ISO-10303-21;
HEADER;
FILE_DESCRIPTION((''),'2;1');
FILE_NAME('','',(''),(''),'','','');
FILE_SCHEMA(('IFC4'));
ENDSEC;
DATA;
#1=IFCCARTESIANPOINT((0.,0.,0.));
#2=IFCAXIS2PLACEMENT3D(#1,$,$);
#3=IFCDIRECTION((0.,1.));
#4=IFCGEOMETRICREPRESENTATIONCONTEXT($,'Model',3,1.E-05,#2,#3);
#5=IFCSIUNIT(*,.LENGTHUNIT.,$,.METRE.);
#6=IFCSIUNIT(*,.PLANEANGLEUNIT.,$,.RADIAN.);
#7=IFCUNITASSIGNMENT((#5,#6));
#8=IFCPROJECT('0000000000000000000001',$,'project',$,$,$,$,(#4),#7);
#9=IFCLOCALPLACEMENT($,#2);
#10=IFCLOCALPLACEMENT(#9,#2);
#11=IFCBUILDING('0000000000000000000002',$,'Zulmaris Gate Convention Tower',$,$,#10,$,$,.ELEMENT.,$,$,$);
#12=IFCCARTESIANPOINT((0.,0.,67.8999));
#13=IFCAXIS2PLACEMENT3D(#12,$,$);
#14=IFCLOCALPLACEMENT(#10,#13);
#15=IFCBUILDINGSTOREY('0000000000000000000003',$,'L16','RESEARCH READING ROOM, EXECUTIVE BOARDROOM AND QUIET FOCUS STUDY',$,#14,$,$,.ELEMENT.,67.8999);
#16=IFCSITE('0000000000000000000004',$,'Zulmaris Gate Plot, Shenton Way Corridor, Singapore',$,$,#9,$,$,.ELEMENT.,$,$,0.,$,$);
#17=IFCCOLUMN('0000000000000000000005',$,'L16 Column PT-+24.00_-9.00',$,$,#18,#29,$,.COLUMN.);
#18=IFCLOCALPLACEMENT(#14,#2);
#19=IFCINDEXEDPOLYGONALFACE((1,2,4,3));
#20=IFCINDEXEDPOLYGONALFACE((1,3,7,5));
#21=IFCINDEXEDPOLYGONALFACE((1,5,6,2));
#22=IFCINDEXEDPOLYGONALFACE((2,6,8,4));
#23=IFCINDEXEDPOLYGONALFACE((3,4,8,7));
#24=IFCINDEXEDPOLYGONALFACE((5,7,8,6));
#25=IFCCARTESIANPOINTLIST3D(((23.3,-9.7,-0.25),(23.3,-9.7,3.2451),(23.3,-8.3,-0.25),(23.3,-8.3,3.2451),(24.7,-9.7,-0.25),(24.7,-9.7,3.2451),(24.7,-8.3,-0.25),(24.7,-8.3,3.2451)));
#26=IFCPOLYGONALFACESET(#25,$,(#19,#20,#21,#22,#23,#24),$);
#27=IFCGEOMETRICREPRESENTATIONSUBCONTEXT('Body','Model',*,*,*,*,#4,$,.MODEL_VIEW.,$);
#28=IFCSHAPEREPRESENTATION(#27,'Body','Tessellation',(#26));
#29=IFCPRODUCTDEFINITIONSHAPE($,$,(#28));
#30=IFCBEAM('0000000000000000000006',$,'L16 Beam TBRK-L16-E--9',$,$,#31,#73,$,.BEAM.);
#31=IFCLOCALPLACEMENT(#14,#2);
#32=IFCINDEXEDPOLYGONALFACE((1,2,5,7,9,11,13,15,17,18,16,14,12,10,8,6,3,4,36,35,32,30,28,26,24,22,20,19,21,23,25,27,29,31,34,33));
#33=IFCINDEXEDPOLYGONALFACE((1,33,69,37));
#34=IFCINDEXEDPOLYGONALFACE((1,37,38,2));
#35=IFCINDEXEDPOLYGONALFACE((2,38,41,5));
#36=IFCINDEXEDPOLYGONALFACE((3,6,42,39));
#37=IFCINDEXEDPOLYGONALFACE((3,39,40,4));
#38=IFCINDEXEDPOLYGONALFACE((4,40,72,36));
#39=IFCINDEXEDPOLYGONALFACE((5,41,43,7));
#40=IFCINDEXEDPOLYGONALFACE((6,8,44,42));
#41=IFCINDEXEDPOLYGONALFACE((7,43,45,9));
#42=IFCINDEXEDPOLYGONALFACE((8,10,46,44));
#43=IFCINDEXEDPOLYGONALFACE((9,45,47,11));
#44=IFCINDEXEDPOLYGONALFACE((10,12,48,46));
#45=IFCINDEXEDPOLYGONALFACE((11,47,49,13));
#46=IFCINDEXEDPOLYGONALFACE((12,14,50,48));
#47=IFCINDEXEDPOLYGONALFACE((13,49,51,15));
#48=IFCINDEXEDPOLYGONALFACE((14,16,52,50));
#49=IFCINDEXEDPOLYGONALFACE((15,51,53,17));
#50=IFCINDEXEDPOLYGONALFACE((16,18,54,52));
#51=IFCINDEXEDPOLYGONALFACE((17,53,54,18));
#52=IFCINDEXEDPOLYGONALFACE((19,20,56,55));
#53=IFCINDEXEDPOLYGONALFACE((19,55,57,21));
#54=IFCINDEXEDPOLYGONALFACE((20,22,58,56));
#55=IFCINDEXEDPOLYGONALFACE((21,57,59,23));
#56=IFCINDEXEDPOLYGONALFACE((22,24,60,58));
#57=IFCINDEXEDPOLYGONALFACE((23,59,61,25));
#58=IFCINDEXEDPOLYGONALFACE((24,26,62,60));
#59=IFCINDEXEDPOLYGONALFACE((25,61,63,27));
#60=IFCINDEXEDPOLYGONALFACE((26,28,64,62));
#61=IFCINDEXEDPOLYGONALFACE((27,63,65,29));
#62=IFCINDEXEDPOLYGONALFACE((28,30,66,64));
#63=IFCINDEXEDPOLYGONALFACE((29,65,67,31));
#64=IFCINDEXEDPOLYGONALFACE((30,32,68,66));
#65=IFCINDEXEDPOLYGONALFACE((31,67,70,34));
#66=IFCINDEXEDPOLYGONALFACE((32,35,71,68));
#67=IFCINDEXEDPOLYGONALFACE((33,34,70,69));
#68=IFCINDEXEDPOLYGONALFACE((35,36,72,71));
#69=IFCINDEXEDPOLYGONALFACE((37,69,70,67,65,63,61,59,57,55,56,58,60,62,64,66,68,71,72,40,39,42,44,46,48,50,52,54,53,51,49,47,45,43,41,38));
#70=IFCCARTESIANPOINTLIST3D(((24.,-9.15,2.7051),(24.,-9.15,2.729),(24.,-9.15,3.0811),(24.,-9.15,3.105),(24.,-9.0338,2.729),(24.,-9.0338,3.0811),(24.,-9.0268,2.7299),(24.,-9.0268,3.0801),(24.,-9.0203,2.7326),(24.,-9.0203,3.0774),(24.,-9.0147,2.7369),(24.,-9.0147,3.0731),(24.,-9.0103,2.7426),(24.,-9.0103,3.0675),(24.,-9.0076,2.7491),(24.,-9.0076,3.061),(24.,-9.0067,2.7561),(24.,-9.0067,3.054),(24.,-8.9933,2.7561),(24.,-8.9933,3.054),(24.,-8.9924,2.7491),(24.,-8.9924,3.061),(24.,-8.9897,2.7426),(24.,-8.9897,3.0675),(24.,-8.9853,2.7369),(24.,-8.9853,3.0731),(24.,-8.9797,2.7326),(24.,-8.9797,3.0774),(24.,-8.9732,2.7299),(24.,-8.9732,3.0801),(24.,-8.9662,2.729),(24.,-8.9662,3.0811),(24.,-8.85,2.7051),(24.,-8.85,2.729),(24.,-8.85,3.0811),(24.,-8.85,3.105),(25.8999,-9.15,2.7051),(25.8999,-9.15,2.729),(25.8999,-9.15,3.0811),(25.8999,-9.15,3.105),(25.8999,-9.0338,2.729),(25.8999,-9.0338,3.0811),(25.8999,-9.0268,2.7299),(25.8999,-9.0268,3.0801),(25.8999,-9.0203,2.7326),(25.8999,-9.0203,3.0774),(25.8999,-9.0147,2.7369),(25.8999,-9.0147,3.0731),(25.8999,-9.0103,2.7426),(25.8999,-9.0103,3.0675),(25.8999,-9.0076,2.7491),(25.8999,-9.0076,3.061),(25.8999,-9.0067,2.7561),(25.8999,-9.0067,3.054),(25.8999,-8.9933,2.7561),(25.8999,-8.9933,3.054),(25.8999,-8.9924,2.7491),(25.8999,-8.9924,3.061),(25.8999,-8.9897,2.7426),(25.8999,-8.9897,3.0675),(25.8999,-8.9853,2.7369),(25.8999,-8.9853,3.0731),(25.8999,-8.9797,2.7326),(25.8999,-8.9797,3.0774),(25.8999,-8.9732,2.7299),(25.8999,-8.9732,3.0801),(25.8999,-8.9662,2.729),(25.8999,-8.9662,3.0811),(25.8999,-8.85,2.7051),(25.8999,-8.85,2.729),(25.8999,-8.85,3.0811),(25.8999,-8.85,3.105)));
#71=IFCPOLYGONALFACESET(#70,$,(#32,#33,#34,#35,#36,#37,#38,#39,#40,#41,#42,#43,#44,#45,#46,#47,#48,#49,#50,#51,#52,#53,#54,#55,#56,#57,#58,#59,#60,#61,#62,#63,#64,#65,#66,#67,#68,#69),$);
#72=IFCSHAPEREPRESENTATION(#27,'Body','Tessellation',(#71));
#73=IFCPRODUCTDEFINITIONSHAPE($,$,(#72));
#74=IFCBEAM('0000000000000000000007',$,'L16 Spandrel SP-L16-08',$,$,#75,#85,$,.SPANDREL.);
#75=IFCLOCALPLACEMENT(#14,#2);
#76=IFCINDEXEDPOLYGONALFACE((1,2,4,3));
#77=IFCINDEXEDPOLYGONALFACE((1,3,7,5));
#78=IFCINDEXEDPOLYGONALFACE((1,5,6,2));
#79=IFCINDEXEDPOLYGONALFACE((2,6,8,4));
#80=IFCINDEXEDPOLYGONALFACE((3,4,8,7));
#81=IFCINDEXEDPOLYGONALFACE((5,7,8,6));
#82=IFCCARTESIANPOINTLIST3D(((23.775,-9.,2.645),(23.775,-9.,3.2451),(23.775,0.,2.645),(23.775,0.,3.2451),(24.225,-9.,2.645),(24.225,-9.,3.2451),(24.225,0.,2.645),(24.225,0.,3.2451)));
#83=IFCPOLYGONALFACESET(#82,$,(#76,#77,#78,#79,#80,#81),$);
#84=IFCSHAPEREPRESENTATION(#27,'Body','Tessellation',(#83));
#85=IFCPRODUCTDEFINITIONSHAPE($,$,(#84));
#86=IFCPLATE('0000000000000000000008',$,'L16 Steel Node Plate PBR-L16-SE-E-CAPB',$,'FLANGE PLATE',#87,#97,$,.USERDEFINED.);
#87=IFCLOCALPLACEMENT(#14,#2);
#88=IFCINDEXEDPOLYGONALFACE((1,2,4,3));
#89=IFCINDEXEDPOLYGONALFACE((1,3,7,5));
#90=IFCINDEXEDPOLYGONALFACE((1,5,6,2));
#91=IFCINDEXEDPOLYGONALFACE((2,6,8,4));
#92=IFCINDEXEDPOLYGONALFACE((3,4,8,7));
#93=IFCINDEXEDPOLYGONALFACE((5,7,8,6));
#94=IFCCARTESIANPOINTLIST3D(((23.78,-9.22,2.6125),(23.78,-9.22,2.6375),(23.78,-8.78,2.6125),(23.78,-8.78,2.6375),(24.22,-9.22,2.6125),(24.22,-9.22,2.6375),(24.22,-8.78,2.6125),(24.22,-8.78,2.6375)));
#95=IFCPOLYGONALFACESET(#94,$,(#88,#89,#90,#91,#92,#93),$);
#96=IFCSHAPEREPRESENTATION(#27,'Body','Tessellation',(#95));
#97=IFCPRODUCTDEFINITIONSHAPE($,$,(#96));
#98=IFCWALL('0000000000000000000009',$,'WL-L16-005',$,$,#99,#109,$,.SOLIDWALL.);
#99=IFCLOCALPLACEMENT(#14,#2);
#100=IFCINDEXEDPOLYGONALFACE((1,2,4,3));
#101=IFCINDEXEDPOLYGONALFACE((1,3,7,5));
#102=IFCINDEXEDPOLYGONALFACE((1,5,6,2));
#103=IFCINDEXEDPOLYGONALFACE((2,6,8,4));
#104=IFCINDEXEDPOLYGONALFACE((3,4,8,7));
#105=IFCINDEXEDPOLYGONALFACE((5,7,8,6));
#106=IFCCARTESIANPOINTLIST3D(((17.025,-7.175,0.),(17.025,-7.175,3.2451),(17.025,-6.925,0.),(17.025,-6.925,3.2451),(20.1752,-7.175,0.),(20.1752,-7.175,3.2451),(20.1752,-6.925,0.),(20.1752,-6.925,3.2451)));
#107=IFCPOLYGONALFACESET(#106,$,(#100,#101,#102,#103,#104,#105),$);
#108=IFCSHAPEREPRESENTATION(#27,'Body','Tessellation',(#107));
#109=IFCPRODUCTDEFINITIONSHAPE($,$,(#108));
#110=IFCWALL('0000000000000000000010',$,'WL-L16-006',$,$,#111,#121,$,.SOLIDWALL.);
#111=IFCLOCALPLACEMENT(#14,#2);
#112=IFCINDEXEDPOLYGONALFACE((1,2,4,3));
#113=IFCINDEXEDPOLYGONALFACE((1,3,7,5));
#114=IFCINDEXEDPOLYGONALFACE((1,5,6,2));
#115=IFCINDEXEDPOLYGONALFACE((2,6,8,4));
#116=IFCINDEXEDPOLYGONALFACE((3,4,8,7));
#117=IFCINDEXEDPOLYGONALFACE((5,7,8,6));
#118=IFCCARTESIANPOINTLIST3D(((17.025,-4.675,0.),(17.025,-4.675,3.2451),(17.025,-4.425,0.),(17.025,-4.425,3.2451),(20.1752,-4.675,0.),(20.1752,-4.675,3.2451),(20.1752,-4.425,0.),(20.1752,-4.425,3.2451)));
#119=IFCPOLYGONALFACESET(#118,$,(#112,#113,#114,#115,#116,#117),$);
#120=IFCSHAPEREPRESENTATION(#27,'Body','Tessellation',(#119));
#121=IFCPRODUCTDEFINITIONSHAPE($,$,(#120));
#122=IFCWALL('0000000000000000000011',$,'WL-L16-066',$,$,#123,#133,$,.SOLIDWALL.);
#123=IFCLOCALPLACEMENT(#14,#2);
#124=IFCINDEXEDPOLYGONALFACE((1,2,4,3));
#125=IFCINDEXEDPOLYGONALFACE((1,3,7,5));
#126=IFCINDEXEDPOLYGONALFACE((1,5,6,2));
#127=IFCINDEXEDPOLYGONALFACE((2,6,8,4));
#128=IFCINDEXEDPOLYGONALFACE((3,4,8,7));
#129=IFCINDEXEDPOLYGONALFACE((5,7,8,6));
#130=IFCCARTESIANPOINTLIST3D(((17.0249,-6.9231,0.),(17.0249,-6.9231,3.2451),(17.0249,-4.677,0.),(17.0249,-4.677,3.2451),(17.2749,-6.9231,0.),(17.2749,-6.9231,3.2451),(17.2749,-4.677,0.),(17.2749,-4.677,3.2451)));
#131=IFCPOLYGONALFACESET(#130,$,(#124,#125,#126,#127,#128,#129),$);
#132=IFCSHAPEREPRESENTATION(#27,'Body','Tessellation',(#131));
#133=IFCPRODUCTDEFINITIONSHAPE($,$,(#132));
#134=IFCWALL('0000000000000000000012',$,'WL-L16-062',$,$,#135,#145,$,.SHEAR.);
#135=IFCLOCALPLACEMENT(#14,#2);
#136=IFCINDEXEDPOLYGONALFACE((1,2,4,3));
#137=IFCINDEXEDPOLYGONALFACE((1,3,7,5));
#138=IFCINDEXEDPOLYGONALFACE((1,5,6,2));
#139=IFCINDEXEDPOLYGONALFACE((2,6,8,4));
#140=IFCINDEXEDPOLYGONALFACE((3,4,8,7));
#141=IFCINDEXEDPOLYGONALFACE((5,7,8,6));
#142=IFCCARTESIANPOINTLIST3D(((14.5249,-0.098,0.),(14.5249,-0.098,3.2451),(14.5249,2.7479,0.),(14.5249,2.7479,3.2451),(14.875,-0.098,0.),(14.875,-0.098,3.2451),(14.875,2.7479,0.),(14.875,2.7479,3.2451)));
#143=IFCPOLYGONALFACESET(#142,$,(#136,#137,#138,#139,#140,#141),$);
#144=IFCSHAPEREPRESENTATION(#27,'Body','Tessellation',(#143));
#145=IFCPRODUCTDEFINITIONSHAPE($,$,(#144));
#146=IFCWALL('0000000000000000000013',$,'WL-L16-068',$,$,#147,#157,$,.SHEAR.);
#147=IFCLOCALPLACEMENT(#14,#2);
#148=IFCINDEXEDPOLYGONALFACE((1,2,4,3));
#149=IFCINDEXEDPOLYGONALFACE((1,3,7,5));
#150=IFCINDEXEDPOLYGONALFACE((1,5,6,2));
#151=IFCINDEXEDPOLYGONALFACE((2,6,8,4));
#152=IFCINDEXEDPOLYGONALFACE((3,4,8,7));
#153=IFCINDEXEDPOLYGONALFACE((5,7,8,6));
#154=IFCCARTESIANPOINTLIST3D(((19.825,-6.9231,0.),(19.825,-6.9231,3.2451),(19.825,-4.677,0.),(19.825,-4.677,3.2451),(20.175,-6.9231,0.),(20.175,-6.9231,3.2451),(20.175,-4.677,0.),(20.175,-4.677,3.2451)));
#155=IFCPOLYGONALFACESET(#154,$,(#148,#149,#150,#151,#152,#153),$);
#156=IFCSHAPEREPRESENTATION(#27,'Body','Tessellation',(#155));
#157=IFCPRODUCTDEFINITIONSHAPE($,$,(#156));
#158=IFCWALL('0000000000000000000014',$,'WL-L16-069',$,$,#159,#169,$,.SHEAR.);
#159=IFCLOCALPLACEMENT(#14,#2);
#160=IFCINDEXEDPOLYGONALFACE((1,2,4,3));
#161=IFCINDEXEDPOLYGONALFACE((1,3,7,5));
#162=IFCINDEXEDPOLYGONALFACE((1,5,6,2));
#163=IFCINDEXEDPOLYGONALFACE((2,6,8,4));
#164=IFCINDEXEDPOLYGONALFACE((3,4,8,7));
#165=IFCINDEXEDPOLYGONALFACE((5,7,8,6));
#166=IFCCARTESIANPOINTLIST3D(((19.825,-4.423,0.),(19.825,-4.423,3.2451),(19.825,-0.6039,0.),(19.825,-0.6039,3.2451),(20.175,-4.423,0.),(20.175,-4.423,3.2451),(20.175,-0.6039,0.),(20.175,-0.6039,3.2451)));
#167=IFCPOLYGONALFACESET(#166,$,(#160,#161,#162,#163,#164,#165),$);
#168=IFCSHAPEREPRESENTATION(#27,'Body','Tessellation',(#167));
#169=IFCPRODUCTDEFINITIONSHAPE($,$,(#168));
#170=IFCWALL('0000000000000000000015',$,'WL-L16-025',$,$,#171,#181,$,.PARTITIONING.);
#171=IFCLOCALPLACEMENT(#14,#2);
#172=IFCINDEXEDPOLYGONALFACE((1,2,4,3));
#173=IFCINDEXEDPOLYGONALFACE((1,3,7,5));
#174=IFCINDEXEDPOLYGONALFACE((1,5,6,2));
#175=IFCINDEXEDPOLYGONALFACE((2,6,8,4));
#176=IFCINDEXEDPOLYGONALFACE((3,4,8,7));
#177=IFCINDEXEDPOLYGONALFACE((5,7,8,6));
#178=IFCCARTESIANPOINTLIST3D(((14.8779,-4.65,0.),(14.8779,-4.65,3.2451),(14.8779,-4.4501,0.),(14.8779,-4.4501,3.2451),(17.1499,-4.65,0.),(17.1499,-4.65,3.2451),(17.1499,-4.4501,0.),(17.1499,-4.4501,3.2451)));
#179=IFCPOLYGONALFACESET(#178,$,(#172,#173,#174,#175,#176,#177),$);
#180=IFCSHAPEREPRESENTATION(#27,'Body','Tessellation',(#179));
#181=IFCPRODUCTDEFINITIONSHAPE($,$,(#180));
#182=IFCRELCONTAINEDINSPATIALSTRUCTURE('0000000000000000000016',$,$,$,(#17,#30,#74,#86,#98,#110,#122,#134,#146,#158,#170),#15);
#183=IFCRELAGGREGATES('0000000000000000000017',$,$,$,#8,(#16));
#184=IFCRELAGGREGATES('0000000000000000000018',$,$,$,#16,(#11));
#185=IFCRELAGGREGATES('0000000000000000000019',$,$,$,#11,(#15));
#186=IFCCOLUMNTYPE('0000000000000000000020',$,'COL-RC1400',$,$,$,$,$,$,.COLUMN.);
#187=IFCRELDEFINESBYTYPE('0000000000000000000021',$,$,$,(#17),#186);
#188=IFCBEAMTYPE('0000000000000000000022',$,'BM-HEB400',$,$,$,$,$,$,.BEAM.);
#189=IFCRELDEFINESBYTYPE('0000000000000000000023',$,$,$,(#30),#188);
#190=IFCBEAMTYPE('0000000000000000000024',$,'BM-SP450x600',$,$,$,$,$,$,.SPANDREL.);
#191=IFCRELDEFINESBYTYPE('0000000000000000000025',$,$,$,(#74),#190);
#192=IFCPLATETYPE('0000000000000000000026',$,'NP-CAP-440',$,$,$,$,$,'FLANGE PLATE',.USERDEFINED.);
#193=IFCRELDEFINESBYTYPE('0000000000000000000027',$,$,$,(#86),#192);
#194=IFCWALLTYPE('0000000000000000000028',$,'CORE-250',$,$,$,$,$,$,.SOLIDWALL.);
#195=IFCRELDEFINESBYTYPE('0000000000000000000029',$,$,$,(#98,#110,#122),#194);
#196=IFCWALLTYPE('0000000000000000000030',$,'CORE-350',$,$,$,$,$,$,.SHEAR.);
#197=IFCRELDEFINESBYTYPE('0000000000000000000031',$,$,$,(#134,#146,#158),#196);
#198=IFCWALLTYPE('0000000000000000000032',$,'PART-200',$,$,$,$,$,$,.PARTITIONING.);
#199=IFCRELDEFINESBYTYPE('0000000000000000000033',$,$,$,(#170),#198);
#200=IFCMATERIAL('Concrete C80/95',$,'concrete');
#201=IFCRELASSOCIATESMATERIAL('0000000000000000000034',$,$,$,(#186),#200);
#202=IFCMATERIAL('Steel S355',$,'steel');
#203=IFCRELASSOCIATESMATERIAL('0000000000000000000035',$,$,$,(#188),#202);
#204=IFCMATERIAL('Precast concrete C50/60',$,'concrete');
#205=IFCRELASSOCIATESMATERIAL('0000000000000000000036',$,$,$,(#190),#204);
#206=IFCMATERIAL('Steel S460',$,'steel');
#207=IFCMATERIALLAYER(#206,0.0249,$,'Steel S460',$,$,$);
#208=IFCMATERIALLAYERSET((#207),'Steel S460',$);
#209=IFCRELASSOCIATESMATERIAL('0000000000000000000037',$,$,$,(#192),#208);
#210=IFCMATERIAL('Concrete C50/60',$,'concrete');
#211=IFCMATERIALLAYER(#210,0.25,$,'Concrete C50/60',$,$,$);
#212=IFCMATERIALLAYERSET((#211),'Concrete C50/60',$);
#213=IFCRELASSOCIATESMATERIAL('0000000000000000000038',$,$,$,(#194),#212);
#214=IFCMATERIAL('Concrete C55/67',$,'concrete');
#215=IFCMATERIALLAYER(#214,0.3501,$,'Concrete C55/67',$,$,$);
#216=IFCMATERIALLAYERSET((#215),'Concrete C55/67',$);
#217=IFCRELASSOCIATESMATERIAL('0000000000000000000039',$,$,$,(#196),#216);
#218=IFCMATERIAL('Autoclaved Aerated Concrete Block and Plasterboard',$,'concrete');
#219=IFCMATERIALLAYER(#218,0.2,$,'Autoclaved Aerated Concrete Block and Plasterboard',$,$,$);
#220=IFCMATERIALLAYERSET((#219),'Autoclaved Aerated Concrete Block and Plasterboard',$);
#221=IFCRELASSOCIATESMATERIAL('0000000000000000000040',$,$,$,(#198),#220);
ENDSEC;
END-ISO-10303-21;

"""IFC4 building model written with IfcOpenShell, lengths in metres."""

from ifc_helpers import new_model, si_unit, direction, frame, frame_2d, origin, origin_2d, place, context, subcontext, project, spatial, rectangle, i_section, extrude, material, layer, layer_set, material_profile, profile_set, type_object, element, save


model = new_model("IFC4")

# Units and contexts
model_context = context("Model", 3, precision=1e-05, world=origin(), true_north=direction((0.0, 1.0)))
body_context = subcontext(model_context, "Body", "Model", "MODEL_VIEW")
ifc_project = project(units=[si_unit("LENGTHUNIT", "METRE"), si_unit("PLANEANGLEUNIT", "RADIAN")], contexts=[model_context])

# Site, building, storey
site_placement = place(None, origin())
site = spatial("IfcSite", under=ifc_project, at=site_placement, Name="Zulmaris Gate Plot, Shenton Way Corridor, Singapore", CompositionType="ELEMENT", RefElevation=0.0)
building_placement = place(site_placement, origin())
building = spatial("IfcBuilding", under=site, at=building_placement, Name="Zulmaris Gate Convention Tower", CompositionType="ELEMENT")
storey_placement = place(building_placement, frame((0.0, 0.0, 67.8999)))
storey = spatial("IfcBuildingStorey", under=building, at=storey_placement, Name="L16", Description="RESEARCH READING ROOM, EXECUTIVE BOARDROOM AND QUIET FOCUS STUDY", CompositionType="ELEMENT", Elevation=67.8999)

# Column
ifc_material_1 = material(Name="Concrete C80/95", Category="concrete")
ifc_material_profile_1 = material_profile(ifc_material_1, rectangle(XDim=1.3999, YDim=1.3999, at=origin_2d()), Name="RC COL 1400x1400")
ifc_profile_set_1 = profile_set([ifc_material_profile_1], Name="Concrete C80/95")
column_type = type_object("IfcColumnType", Name="COL-RC1400", PredefinedType="COLUMN", material=ifc_profile_set_1)
column_placement = place(storey_placement, frame((24.0, -9.0, -0.25), z_axis=(0.0, 0.0, 1.0), x_axis=(1.0, 0.0, 0.0)))
element("IfcColumn", 1, at=column_placement, inside=storey, type_object=column_type, Name="L16 Column PT-+24.00_-9.00", PredefinedType="COLUMN", context=body_context, shape_type="SweptSolid", body=[
    extrude(rectangle(XDim=1.3999, YDim=1.3999, at=origin_2d()), origin(), (0.0, 0.0, 1.0), 3.4951),
])

# Beams
ifc_material_2 = material(Name="Steel S355", Category="steel")
ifc_material_profile_2 = material_profile(ifc_material_2, i_section(OverallWidth=0.3, OverallDepth=0.3999, WebThickness=0.0134, FlangeThickness=0.0239, FilletRadius=0.0271, at=origin_2d()), Name="HEB 400")
ifc_profile_set_2 = profile_set([ifc_material_profile_2], Name="Steel S355")
beam_type_1 = type_object("IfcBeamType", Name="BM-HEB400", PredefinedType="BEAM", material=ifc_profile_set_2)
beam_1_placement = place(storey_placement, frame((24.0, -9.0, 2.905), z_axis=(1.0, 0.0, 0.0), x_axis=(0.0, 1.0, 0.0)))
element("IfcBeam", 2, at=beam_1_placement, inside=storey, type_object=beam_type_1, Name="L16 Beam TBRK-L16-E--9", PredefinedType="BEAM", context=body_context, shape_type="SweptSolid", body=[
    extrude(i_section(OverallWidth=0.3, OverallDepth=0.3999, WebThickness=0.0134, FlangeThickness=0.0239, FilletRadius=0.0271, at=origin_2d()), origin(), (0.0, 0.0, 1.0), 1.8999),
])
ifc_material_3 = material(Name="Precast concrete C50/60", Category="concrete")
ifc_material_profile_3 = material_profile(ifc_material_3, rectangle(XDim=0.45, YDim=0.6001, at=origin_2d()), Name="RC SPANDREL 450x600")
ifc_profile_set_3 = profile_set([ifc_material_profile_3], Name="Precast concrete C50/60")
beam_type_2 = type_object("IfcBeamType", Name="BM-SP450x600", PredefinedType="SPANDREL", material=ifc_profile_set_3)
beam_2_placement = place(storey_placement, frame((24.0, -9.0, 2.9451), z_axis=(0.0, 1.0, 0.0), x_axis=(-1.0, 0.0, 0.0)))
element("IfcBeam", 3, at=beam_2_placement, inside=storey, type_object=beam_type_2, Name="L16 Spandrel SP-L16-08", PredefinedType="SPANDREL", context=body_context, shape_type="SweptSolid", body=[
    extrude(rectangle(XDim=0.45, YDim=0.6001, at=origin_2d()), origin(), (0.0, 0.0, 1.0), 9.0),
])

# Plate
ifc_material_4 = material(Name="Steel S460", Category="steel")
ifc_layer_1 = layer(ifc_material_4, 0.0249, Name="Steel S460")
ifc_layer_set_1 = layer_set([ifc_layer_1], Name="Steel S460")
plate_type = type_object("IfcPlateType", Name="NP-CAP-440", ElementType="FLANGE PLATE", PredefinedType="USERDEFINED", material=ifc_layer_set_1)
plate_placement = place(storey_placement, frame((24.0, -9.0, 2.6125), z_axis=(0.0, 0.0, 1.0), x_axis=(1.0, 0.0, 0.0)))
element("IfcPlate", 4, at=plate_placement, inside=storey, type_object=plate_type, Name="L16 Steel Node Plate PBR-L16-SE-E-CAPB", ObjectType="FLANGE PLATE", PredefinedType="USERDEFINED", context=body_context, shape_type="SweptSolid", body=[
    extrude(rectangle(XDim=0.4399, YDim=0.4399, at=origin_2d()), origin(), (0.0, 0.0, 1.0), 0.0249),
])

# Walls
ifc_material_5 = material(Name="Concrete C50/60", Category="concrete")
ifc_layer_2 = layer(ifc_material_5, 0.25, Name="Concrete C50/60")
ifc_layer_set_2 = layer_set([ifc_layer_2], Name="Concrete C50/60")
wall_type_1 = type_object("IfcWallType", Name="CORE-250", PredefinedType="SOLIDWALL", material=ifc_layer_set_2)
for number, where, z_axis, x_axis, name in (
    (5, (17.0249, -7.05, 0.0), (0.0, 0.0, 1.0), (1.0, 0.0, 0.0), "WL-L16-005"),
    (6, (17.0249, -4.55, 0.0), (0.0, 0.0, 1.0), (1.0, 0.0, 0.0), "WL-L16-006"),
):
    element("IfcWall", number, at=place(storey_placement, frame(where, z_axis=z_axis, x_axis=x_axis)), inside=storey, type_object=wall_type_1, Name=name, PredefinedType="SOLIDWALL", context=body_context, shape_type="SweptSolid", body=[
        extrude(rectangle(XDim=3.1501, YDim=0.25, at=frame_2d((1.5752, 0.0))), origin(), (0.0, 0.0, 1.0), 3.2451),
    ])
wall_1_placement = place(storey_placement, frame((17.1499, -6.9231, 0.0), z_axis=(0.0, 0.0, 1.0), x_axis=(0.0, 1.0, 0.0)))
element("IfcWall", 7, at=wall_1_placement, inside=storey, type_object=wall_type_1, Name="WL-L16-066", PredefinedType="SOLIDWALL", context=body_context, shape_type="SweptSolid", body=[
    extrude(rectangle(XDim=2.2461, YDim=0.25, at=frame_2d((1.123, 0.0))), origin(), (0.0, 0.0, 1.0), 3.2451),
])

# Walls
ifc_material_6 = material(Name="Concrete C55/67", Category="concrete")
ifc_layer_3 = layer(ifc_material_6, 0.3501, Name="Concrete C55/67")
ifc_layer_set_3 = layer_set([ifc_layer_3], Name="Concrete C55/67")
wall_type_2 = type_object("IfcWallType", Name="CORE-350", PredefinedType="SHEAR", material=ifc_layer_set_3)
wall_2_placement = place(storey_placement, frame((14.7, -0.0979, 0.0), z_axis=(0.0, 0.0, 1.0), x_axis=(0.0, 1.0, 0.0)))
element("IfcWall", 8, at=wall_2_placement, inside=storey, type_object=wall_type_2, Name="WL-L16-062", PredefinedType="SHEAR", context=body_context, shape_type="SweptSolid", body=[
    extrude(rectangle(XDim=2.8459, YDim=0.3501, at=frame_2d((1.4229, 0.0))), origin(), (0.0, 0.0, 1.0), 3.2451),
])
wall_3_placement = place(storey_placement, frame((20.0, -6.9231, 0.0), z_axis=(0.0, 0.0, 1.0), x_axis=(0.0, 1.0, 0.0)))
element("IfcWall", 9, at=wall_3_placement, inside=storey, type_object=wall_type_2, Name="WL-L16-068", PredefinedType="SHEAR", context=body_context, shape_type="SweptSolid", body=[
    extrude(rectangle(XDim=2.2461, YDim=0.3501, at=frame_2d((1.123, 0.0))), origin(), (0.0, 0.0, 1.0), 3.2451),
])
wall_4_placement = place(storey_placement, frame((20.0, -4.4231, 0.0), z_axis=(0.0, 0.0, 1.0), x_axis=(0.0, 1.0, 0.0)))
element("IfcWall", 10, at=wall_4_placement, inside=storey, type_object=wall_type_2, Name="WL-L16-069", PredefinedType="SHEAR", context=body_context, shape_type="SweptSolid", body=[
    extrude(rectangle(XDim=3.8191, YDim=0.3501, at=frame_2d((1.9097, 0.0))), origin(), (0.0, 0.0, 1.0), 3.2451),
])
ifc_material_7 = material(Name="Autoclaved Aerated Concrete Block and Plasterboard", Category="concrete")
ifc_layer_4 = layer(ifc_material_7, 0.2, Name="Autoclaved Aerated Concrete Block and Plasterboard")
ifc_layer_set_4 = layer_set([ifc_layer_4], Name="Autoclaved Aerated Concrete Block and Plasterboard")
wall_type_3 = type_object("IfcWallType", Name="PART-200", PredefinedType="PARTITIONING", material=ifc_layer_set_4)
wall_5_placement = place(storey_placement, frame((14.8779, -4.55, 0.0), z_axis=(0.0, 0.0, 1.0), x_axis=(1.0, 0.0, 0.0)))
element("IfcWall", 11, at=wall_5_placement, inside=storey, type_object=wall_type_3, Name="WL-L16-025", PredefinedType="PARTITIONING", context=body_context, shape_type="SweptSolid", body=[
    extrude(rectangle(XDim=2.272, YDim=0.2, at=frame_2d((1.136, 0.0))), origin(), (0.0, 0.0, 1.0), 3.2451),
])

save(model, "model.ifc")
